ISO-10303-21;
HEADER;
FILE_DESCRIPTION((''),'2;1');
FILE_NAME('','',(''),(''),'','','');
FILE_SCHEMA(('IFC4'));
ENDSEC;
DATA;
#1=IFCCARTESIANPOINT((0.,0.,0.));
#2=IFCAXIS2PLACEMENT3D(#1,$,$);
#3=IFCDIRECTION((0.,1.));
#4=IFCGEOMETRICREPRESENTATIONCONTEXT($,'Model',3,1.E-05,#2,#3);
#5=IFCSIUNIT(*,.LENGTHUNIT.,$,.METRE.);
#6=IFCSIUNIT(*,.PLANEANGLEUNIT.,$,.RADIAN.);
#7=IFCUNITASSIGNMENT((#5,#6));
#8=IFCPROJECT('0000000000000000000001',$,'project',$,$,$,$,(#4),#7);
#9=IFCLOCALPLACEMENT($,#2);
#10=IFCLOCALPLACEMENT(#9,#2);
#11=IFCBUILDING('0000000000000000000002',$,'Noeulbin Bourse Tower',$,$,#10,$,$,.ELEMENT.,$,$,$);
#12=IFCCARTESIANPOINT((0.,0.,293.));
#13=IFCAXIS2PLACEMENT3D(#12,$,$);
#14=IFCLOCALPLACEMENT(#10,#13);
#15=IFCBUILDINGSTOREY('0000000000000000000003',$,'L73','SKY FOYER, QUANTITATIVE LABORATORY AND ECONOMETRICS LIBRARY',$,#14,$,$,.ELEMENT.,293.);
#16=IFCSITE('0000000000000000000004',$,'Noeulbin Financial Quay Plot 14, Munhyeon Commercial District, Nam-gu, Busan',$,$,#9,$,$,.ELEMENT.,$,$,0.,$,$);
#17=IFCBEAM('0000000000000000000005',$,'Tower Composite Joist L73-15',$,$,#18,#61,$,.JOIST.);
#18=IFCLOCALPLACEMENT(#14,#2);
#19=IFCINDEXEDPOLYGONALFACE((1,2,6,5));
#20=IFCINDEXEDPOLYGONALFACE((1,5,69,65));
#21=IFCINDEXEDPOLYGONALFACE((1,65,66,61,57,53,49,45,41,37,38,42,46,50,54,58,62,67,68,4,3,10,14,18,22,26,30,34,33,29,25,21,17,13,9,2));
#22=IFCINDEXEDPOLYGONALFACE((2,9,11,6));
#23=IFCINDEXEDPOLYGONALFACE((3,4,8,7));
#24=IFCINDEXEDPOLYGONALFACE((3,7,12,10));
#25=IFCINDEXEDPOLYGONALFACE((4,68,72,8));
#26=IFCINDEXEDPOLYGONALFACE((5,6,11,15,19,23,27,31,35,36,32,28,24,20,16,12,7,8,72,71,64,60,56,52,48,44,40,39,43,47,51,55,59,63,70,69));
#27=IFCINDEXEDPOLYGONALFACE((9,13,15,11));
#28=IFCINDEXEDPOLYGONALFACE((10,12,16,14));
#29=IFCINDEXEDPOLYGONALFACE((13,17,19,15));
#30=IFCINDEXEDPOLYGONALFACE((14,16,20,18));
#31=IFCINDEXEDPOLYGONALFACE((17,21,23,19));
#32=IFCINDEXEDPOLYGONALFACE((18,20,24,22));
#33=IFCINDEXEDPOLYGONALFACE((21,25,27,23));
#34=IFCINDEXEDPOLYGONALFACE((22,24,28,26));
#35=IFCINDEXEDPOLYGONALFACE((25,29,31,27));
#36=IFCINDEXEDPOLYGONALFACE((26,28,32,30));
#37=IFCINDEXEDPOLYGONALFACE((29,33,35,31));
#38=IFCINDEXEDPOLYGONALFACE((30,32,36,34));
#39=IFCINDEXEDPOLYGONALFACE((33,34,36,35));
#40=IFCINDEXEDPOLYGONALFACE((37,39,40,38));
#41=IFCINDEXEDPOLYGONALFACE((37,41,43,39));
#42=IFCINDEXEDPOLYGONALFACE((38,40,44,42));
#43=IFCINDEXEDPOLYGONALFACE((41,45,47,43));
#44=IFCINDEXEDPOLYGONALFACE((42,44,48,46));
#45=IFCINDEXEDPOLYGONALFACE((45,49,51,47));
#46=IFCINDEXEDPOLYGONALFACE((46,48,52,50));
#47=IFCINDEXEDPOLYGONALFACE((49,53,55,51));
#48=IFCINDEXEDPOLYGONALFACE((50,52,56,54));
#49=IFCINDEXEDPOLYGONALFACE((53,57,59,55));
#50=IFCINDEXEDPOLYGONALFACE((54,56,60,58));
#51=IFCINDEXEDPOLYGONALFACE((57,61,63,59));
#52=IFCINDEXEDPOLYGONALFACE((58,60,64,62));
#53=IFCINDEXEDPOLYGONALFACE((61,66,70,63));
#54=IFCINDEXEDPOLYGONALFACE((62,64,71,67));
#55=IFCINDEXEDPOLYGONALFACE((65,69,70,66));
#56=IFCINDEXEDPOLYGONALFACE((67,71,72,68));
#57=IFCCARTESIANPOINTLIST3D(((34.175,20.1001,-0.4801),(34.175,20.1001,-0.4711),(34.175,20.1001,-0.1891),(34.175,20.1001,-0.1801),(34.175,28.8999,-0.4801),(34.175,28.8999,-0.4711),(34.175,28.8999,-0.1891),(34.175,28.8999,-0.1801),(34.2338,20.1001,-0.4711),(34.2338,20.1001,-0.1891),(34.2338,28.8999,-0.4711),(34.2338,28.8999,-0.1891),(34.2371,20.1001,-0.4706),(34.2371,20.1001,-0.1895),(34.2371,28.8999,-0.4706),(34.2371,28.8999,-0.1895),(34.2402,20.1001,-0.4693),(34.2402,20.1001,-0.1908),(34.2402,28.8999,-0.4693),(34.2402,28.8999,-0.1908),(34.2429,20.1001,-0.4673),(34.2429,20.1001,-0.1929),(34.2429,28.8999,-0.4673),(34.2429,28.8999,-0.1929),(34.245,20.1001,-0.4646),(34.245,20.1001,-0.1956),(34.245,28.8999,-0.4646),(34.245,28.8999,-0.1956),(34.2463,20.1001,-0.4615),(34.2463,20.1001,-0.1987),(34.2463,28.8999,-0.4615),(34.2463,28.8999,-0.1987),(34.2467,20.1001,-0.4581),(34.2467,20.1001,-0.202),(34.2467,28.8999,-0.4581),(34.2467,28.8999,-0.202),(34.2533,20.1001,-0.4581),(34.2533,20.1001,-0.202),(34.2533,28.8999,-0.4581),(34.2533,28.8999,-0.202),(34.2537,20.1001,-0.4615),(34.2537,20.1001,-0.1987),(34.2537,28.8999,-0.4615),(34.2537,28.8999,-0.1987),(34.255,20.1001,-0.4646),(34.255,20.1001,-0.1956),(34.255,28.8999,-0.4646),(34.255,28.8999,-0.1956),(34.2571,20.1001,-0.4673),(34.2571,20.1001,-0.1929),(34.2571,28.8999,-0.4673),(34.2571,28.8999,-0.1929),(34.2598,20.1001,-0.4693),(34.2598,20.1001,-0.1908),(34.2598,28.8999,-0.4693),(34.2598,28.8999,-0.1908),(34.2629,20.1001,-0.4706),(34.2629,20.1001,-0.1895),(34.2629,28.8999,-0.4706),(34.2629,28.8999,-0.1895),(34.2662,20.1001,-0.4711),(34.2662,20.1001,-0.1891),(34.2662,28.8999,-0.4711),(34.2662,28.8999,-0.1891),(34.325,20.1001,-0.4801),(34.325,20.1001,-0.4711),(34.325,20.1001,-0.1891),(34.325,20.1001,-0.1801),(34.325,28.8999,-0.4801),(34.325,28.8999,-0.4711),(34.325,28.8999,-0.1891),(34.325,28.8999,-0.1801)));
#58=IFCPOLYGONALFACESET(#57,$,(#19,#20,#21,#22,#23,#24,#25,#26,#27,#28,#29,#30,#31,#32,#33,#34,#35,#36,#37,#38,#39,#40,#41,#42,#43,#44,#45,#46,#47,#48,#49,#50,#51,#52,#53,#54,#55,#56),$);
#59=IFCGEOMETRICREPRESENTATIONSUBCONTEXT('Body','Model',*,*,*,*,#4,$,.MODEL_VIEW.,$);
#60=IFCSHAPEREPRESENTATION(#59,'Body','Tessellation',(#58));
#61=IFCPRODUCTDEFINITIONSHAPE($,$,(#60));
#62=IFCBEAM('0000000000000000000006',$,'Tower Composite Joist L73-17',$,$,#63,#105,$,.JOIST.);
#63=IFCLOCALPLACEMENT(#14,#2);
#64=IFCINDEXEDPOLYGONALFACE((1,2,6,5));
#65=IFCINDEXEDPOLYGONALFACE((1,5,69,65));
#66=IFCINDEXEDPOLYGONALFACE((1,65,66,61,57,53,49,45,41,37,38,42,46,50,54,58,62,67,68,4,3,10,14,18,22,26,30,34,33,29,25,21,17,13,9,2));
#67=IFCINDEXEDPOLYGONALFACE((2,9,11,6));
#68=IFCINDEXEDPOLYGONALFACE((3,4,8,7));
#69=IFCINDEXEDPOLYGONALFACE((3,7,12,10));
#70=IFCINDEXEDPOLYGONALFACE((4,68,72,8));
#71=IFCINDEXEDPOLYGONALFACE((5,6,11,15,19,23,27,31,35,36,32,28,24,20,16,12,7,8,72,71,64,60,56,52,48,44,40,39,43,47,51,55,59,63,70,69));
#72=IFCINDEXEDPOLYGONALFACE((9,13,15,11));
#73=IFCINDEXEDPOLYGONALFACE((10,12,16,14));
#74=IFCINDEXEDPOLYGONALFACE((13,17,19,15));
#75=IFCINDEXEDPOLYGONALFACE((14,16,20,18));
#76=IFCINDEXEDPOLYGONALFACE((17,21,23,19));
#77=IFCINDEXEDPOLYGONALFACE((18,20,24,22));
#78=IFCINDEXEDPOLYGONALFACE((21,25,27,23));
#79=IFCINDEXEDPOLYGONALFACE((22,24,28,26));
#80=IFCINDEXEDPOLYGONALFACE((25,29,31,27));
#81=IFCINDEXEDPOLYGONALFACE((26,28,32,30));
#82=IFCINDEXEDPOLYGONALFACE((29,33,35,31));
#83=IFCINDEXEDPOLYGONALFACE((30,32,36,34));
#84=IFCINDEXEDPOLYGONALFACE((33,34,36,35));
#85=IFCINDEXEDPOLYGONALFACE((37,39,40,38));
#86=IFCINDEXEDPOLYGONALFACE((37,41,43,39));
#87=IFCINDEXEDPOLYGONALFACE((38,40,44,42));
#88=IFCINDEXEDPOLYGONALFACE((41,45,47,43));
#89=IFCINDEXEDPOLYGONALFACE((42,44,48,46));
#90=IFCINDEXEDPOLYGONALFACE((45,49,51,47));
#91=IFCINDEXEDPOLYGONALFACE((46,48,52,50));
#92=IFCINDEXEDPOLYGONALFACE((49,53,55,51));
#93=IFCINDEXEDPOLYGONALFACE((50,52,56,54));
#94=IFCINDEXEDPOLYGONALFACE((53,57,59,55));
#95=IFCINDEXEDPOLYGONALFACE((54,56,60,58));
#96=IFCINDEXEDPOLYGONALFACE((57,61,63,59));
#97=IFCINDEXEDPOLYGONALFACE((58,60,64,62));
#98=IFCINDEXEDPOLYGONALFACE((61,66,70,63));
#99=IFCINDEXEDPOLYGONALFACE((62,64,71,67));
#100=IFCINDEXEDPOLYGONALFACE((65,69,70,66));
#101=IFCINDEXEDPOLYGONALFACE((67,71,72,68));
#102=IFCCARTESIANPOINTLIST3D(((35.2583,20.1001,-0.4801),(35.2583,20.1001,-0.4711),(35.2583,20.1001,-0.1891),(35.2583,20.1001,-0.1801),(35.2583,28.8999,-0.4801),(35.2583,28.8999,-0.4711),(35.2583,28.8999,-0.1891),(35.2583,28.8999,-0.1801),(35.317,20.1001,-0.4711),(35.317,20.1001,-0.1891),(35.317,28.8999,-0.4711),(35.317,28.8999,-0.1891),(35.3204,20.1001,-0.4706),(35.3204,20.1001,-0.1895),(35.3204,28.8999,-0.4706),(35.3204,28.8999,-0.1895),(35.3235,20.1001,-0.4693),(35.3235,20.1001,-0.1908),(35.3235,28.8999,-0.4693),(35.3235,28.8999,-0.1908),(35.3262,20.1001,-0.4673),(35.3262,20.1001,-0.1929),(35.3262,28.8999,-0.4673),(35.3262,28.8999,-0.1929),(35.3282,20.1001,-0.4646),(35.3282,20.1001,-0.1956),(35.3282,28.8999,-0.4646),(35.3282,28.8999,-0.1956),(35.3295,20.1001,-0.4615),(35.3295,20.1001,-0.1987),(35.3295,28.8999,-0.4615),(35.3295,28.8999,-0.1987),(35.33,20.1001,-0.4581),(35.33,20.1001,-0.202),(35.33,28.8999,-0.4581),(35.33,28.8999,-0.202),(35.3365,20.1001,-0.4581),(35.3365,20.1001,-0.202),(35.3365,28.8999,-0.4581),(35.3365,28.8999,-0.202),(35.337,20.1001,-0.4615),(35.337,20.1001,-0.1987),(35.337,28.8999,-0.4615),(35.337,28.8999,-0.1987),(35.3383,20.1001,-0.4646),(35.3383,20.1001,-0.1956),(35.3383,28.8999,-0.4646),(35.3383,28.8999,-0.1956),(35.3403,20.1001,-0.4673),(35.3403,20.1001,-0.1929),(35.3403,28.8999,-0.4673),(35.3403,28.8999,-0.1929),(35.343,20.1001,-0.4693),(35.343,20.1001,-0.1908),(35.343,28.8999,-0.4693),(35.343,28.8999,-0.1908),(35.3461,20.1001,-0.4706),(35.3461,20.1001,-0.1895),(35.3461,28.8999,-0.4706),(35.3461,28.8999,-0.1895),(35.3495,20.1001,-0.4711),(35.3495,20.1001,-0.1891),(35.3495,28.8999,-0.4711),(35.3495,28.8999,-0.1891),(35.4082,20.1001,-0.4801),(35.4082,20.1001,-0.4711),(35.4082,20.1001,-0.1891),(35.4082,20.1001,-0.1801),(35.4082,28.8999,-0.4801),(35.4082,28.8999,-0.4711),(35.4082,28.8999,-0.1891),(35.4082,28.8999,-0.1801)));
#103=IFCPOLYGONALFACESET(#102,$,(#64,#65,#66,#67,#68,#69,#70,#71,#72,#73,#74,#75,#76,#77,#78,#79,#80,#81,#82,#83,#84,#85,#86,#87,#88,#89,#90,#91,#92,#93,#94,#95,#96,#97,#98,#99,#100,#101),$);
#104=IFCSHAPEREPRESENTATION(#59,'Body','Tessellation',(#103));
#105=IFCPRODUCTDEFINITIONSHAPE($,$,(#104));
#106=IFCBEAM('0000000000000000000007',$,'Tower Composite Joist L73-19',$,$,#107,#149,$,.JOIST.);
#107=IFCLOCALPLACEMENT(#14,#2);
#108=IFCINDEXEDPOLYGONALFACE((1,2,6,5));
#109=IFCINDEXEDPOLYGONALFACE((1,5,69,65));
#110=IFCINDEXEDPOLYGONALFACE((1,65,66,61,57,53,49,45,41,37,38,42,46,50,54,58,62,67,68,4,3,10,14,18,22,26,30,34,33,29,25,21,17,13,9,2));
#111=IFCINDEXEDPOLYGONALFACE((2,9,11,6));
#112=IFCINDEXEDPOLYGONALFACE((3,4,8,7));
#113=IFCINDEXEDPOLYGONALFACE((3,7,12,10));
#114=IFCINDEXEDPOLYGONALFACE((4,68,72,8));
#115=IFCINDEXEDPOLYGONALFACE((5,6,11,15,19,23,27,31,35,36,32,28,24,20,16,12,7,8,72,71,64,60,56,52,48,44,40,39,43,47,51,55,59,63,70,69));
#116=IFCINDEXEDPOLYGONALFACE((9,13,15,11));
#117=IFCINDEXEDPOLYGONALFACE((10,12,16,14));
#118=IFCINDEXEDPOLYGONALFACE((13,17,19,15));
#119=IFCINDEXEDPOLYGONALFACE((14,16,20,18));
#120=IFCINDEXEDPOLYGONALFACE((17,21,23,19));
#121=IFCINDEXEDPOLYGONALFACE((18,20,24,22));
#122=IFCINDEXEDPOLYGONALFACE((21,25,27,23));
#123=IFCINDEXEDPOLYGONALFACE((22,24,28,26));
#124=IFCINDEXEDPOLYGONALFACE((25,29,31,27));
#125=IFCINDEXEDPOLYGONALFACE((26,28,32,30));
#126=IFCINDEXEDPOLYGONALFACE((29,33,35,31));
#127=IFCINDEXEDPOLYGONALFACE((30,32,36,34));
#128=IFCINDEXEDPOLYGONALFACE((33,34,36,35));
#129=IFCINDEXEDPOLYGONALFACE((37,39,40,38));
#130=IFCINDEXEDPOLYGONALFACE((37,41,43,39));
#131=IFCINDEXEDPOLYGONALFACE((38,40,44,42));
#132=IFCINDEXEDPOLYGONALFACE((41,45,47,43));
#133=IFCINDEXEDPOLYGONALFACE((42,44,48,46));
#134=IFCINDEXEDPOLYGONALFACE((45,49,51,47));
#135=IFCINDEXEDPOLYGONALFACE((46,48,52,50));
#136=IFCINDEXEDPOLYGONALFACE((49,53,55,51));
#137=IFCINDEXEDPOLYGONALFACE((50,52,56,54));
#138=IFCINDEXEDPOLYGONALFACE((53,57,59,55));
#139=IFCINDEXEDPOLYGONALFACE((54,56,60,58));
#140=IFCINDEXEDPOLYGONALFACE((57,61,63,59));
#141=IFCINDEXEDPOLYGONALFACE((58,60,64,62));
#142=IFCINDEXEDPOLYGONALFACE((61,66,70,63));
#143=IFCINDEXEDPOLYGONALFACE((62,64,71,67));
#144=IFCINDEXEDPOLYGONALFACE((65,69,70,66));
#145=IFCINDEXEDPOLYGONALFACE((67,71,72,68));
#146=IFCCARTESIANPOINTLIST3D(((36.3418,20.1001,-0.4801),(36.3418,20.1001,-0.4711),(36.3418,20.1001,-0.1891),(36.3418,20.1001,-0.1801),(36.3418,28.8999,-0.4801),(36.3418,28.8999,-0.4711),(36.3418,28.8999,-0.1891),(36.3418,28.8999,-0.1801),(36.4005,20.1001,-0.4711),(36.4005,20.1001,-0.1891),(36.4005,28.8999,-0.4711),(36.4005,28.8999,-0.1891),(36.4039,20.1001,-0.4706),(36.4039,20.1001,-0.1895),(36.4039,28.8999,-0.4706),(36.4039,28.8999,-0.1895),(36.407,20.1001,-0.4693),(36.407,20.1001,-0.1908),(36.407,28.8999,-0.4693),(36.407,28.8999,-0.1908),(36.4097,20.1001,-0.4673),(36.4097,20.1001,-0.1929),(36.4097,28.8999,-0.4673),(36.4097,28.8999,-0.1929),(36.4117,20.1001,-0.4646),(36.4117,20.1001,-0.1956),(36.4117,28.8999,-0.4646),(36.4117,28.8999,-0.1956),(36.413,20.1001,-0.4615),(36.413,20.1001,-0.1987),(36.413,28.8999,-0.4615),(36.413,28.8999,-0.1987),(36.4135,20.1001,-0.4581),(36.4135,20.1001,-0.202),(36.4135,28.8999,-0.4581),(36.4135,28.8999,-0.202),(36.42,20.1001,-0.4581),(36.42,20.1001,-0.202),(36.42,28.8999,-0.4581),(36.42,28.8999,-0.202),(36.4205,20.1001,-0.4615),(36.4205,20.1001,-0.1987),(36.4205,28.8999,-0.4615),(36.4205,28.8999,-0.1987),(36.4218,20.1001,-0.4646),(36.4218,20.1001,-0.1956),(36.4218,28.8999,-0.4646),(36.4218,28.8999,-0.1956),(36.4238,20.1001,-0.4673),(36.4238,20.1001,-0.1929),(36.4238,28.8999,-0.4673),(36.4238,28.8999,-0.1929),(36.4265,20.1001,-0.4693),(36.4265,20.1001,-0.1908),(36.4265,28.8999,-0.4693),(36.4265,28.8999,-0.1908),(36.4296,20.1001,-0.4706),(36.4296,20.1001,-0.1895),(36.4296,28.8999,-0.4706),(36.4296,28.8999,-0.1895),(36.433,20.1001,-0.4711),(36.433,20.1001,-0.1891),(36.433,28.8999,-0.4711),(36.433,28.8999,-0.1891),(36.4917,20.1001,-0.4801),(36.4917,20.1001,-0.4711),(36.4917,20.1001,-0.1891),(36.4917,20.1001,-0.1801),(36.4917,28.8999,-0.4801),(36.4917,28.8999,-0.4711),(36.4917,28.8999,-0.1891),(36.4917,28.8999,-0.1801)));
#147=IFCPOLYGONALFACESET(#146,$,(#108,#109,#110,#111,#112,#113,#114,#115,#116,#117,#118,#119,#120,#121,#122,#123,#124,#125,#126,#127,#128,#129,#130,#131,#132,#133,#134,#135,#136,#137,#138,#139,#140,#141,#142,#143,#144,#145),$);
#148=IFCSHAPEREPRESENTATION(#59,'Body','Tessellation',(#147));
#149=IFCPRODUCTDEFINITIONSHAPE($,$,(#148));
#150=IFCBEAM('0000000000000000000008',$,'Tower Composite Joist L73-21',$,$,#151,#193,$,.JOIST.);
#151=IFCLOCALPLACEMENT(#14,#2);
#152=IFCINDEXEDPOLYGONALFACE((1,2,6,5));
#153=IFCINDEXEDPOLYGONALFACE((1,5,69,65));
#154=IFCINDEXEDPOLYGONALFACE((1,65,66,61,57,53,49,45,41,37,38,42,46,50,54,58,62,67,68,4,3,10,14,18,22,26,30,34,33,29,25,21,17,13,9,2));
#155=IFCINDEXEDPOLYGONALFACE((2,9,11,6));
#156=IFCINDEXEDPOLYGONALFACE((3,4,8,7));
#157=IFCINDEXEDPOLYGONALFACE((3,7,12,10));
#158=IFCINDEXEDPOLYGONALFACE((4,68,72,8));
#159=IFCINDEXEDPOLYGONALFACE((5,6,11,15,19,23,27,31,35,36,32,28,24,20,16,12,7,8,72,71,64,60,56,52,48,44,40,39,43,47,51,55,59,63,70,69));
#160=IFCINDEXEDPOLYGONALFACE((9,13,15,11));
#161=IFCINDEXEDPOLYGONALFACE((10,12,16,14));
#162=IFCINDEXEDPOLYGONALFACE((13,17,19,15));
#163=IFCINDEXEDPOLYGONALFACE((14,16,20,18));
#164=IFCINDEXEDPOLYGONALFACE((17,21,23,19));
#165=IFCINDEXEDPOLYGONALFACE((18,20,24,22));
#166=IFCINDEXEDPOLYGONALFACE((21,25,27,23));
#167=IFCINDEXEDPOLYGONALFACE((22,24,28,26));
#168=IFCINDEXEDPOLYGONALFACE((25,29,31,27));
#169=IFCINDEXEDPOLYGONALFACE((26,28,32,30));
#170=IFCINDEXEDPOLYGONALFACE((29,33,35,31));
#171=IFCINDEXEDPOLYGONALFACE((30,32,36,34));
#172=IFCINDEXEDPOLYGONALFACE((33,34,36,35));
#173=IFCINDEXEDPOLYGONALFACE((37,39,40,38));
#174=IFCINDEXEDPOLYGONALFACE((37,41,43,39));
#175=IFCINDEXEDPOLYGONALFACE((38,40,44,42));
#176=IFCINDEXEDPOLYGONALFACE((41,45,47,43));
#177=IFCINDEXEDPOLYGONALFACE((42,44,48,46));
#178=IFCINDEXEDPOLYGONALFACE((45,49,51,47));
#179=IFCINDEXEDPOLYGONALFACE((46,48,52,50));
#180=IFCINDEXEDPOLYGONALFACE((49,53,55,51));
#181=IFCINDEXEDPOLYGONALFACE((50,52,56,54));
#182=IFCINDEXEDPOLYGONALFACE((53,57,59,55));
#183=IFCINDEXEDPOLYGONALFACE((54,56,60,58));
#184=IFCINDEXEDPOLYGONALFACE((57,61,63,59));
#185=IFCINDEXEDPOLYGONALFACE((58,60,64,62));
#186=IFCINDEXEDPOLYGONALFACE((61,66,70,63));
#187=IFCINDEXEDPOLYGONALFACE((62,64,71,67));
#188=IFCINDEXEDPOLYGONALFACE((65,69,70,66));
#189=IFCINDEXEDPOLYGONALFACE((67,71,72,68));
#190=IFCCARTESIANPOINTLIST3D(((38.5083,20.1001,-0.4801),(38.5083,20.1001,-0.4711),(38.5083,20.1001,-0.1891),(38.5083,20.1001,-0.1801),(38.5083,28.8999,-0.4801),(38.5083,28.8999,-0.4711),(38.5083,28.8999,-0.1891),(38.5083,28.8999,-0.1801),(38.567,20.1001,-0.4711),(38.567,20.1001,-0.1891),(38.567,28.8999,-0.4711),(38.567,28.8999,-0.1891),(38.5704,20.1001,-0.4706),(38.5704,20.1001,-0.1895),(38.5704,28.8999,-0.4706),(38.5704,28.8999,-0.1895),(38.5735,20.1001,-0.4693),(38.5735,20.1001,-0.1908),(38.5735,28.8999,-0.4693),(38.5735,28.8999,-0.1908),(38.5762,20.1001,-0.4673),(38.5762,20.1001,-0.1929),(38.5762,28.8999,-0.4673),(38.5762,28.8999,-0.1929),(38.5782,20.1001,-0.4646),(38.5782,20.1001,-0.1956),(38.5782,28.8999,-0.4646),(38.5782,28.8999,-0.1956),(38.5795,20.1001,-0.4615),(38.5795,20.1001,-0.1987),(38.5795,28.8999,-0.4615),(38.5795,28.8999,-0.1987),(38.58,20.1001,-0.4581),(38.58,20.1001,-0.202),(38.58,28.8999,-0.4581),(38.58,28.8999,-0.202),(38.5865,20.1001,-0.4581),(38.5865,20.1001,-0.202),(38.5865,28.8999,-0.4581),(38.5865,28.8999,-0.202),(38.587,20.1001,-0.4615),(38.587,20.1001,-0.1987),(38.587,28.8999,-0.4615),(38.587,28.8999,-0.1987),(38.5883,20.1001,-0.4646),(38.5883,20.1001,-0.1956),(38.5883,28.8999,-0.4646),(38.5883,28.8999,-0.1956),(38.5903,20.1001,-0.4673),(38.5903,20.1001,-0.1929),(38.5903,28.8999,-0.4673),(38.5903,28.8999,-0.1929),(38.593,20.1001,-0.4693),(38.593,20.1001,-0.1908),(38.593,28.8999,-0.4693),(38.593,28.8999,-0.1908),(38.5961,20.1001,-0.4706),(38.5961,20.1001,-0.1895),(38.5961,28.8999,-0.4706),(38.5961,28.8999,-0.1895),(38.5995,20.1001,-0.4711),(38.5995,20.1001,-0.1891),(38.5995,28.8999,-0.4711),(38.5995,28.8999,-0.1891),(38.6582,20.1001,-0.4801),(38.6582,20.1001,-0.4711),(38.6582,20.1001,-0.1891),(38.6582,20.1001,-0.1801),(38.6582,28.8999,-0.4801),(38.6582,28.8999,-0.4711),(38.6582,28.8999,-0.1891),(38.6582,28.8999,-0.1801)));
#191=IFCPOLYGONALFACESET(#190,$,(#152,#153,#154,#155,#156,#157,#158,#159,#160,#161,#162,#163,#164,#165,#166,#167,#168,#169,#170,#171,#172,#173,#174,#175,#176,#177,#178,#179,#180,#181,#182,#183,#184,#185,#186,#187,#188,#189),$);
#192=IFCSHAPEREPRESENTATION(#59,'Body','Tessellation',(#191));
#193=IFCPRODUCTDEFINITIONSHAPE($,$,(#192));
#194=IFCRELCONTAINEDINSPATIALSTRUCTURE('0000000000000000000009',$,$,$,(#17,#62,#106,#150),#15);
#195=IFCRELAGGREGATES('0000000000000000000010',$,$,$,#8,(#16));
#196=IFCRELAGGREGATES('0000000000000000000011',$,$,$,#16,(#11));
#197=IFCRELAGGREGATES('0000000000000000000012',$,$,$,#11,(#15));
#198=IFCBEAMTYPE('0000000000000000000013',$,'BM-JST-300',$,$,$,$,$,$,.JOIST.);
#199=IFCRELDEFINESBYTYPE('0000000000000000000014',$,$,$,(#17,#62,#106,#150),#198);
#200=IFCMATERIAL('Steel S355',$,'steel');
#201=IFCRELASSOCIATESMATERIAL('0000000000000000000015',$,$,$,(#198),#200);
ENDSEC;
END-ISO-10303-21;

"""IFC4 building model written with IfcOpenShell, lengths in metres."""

from ifc_helpers import new_model, si_unit, direction, frame, origin, origin_2d, place, context, subcontext, project, spatial, i_section, extrude, material, material_profile, profile_set, type_object, element, save


model = new_model("IFC4")

# Units and contexts
model_context = context("Model", 3, precision=1e-05, world=origin(), true_north=direction((0.0, 1.0)))
body_context = subcontext(model_context, "Body", "Model", "MODEL_VIEW")
ifc_project = project(units=[si_unit("LENGTHUNIT", "METRE"), si_unit("PLANEANGLEUNIT", "RADIAN")], contexts=[model_context])

# Site, building, storey
site_placement = place(None, origin())
site = spatial("IfcSite", under=ifc_project, at=site_placement, Name="Noeulbin Financial Quay Plot 14, Munhyeon Commercial District, Nam-gu, Busan", CompositionType="ELEMENT", RefElevation=0.0)
building_placement = place(site_placement, origin())
building = spatial("IfcBuilding", under=site, at=building_placement, Name="Noeulbin Bourse Tower", CompositionType="ELEMENT")
storey_placement = place(building_placement, frame((0.0, 0.0, 293.0)))
storey = spatial("IfcBuildingStorey", under=building, at=storey_placement, Name="L73", Description="SKY FOYER, QUANTITATIVE LABORATORY AND ECONOMETRICS LIBRARY", CompositionType="ELEMENT", Elevation=293.0)

# Shared definitions
ifc_material_1 = material(Name="Steel S355", Category="steel")

# Beams
ifc_material_profile_1 = material_profile(ifc_material_1, i_section(OverallWidth=0.1499, OverallDepth=0.3, WebThickness=0.0066, FlangeThickness=0.009, FilletRadius=0.0129, at=origin_2d()), Name="H-300x150x6.5x9", Category="LoadBearing")
ifc_profile_set_1 = profile_set([ifc_material_profile_1], Name="Steel S355")
beam_type_1 = type_object("IfcBeamType", Name="BM-JST-300", PredefinedType="JOIST", material=ifc_profile_set_1)
for number, where, z_axis, x_axis, name in (
    (1, (34.25, 20.1001, -0.3301), (0.0, 1.0, 0.0), (-1.0, 0.0, 0.0), "Tower Composite Joist L73-15"),
    (2, (35.3333, 20.1001, -0.3301), (0.0, 1.0, 0.0), (-1.0, 0.0, 0.0), "Tower Composite Joist L73-17"),
    (3, (36.4167, 20.1001, -0.3301), (0.0, 1.0, 0.0), (-1.0, 0.0, 0.0), "Tower Composite Joist L73-19"),
    (4, (38.5833, 20.1001, -0.3301), (0.0, 1.0, 0.0), (-1.0, 0.0, 0.0), "Tower Composite Joist L73-21"),
):
    element("IfcBeam", number, at=place(storey_placement, frame(where, z_axis=z_axis, x_axis=x_axis)), inside=storey, type_object=beam_type_1, Name=name, PredefinedType="JOIST", context=body_context, shape_type="SweptSolid", body=[
        extrude(i_section(OverallWidth=0.1499, OverallDepth=0.3, WebThickness=0.0066, FlangeThickness=0.009, FilletRadius=0.0129, at=origin_2d()), origin(), (0.0, 0.0, 1.0), 8.7998),
    ])

save(model, "model.ifc")
